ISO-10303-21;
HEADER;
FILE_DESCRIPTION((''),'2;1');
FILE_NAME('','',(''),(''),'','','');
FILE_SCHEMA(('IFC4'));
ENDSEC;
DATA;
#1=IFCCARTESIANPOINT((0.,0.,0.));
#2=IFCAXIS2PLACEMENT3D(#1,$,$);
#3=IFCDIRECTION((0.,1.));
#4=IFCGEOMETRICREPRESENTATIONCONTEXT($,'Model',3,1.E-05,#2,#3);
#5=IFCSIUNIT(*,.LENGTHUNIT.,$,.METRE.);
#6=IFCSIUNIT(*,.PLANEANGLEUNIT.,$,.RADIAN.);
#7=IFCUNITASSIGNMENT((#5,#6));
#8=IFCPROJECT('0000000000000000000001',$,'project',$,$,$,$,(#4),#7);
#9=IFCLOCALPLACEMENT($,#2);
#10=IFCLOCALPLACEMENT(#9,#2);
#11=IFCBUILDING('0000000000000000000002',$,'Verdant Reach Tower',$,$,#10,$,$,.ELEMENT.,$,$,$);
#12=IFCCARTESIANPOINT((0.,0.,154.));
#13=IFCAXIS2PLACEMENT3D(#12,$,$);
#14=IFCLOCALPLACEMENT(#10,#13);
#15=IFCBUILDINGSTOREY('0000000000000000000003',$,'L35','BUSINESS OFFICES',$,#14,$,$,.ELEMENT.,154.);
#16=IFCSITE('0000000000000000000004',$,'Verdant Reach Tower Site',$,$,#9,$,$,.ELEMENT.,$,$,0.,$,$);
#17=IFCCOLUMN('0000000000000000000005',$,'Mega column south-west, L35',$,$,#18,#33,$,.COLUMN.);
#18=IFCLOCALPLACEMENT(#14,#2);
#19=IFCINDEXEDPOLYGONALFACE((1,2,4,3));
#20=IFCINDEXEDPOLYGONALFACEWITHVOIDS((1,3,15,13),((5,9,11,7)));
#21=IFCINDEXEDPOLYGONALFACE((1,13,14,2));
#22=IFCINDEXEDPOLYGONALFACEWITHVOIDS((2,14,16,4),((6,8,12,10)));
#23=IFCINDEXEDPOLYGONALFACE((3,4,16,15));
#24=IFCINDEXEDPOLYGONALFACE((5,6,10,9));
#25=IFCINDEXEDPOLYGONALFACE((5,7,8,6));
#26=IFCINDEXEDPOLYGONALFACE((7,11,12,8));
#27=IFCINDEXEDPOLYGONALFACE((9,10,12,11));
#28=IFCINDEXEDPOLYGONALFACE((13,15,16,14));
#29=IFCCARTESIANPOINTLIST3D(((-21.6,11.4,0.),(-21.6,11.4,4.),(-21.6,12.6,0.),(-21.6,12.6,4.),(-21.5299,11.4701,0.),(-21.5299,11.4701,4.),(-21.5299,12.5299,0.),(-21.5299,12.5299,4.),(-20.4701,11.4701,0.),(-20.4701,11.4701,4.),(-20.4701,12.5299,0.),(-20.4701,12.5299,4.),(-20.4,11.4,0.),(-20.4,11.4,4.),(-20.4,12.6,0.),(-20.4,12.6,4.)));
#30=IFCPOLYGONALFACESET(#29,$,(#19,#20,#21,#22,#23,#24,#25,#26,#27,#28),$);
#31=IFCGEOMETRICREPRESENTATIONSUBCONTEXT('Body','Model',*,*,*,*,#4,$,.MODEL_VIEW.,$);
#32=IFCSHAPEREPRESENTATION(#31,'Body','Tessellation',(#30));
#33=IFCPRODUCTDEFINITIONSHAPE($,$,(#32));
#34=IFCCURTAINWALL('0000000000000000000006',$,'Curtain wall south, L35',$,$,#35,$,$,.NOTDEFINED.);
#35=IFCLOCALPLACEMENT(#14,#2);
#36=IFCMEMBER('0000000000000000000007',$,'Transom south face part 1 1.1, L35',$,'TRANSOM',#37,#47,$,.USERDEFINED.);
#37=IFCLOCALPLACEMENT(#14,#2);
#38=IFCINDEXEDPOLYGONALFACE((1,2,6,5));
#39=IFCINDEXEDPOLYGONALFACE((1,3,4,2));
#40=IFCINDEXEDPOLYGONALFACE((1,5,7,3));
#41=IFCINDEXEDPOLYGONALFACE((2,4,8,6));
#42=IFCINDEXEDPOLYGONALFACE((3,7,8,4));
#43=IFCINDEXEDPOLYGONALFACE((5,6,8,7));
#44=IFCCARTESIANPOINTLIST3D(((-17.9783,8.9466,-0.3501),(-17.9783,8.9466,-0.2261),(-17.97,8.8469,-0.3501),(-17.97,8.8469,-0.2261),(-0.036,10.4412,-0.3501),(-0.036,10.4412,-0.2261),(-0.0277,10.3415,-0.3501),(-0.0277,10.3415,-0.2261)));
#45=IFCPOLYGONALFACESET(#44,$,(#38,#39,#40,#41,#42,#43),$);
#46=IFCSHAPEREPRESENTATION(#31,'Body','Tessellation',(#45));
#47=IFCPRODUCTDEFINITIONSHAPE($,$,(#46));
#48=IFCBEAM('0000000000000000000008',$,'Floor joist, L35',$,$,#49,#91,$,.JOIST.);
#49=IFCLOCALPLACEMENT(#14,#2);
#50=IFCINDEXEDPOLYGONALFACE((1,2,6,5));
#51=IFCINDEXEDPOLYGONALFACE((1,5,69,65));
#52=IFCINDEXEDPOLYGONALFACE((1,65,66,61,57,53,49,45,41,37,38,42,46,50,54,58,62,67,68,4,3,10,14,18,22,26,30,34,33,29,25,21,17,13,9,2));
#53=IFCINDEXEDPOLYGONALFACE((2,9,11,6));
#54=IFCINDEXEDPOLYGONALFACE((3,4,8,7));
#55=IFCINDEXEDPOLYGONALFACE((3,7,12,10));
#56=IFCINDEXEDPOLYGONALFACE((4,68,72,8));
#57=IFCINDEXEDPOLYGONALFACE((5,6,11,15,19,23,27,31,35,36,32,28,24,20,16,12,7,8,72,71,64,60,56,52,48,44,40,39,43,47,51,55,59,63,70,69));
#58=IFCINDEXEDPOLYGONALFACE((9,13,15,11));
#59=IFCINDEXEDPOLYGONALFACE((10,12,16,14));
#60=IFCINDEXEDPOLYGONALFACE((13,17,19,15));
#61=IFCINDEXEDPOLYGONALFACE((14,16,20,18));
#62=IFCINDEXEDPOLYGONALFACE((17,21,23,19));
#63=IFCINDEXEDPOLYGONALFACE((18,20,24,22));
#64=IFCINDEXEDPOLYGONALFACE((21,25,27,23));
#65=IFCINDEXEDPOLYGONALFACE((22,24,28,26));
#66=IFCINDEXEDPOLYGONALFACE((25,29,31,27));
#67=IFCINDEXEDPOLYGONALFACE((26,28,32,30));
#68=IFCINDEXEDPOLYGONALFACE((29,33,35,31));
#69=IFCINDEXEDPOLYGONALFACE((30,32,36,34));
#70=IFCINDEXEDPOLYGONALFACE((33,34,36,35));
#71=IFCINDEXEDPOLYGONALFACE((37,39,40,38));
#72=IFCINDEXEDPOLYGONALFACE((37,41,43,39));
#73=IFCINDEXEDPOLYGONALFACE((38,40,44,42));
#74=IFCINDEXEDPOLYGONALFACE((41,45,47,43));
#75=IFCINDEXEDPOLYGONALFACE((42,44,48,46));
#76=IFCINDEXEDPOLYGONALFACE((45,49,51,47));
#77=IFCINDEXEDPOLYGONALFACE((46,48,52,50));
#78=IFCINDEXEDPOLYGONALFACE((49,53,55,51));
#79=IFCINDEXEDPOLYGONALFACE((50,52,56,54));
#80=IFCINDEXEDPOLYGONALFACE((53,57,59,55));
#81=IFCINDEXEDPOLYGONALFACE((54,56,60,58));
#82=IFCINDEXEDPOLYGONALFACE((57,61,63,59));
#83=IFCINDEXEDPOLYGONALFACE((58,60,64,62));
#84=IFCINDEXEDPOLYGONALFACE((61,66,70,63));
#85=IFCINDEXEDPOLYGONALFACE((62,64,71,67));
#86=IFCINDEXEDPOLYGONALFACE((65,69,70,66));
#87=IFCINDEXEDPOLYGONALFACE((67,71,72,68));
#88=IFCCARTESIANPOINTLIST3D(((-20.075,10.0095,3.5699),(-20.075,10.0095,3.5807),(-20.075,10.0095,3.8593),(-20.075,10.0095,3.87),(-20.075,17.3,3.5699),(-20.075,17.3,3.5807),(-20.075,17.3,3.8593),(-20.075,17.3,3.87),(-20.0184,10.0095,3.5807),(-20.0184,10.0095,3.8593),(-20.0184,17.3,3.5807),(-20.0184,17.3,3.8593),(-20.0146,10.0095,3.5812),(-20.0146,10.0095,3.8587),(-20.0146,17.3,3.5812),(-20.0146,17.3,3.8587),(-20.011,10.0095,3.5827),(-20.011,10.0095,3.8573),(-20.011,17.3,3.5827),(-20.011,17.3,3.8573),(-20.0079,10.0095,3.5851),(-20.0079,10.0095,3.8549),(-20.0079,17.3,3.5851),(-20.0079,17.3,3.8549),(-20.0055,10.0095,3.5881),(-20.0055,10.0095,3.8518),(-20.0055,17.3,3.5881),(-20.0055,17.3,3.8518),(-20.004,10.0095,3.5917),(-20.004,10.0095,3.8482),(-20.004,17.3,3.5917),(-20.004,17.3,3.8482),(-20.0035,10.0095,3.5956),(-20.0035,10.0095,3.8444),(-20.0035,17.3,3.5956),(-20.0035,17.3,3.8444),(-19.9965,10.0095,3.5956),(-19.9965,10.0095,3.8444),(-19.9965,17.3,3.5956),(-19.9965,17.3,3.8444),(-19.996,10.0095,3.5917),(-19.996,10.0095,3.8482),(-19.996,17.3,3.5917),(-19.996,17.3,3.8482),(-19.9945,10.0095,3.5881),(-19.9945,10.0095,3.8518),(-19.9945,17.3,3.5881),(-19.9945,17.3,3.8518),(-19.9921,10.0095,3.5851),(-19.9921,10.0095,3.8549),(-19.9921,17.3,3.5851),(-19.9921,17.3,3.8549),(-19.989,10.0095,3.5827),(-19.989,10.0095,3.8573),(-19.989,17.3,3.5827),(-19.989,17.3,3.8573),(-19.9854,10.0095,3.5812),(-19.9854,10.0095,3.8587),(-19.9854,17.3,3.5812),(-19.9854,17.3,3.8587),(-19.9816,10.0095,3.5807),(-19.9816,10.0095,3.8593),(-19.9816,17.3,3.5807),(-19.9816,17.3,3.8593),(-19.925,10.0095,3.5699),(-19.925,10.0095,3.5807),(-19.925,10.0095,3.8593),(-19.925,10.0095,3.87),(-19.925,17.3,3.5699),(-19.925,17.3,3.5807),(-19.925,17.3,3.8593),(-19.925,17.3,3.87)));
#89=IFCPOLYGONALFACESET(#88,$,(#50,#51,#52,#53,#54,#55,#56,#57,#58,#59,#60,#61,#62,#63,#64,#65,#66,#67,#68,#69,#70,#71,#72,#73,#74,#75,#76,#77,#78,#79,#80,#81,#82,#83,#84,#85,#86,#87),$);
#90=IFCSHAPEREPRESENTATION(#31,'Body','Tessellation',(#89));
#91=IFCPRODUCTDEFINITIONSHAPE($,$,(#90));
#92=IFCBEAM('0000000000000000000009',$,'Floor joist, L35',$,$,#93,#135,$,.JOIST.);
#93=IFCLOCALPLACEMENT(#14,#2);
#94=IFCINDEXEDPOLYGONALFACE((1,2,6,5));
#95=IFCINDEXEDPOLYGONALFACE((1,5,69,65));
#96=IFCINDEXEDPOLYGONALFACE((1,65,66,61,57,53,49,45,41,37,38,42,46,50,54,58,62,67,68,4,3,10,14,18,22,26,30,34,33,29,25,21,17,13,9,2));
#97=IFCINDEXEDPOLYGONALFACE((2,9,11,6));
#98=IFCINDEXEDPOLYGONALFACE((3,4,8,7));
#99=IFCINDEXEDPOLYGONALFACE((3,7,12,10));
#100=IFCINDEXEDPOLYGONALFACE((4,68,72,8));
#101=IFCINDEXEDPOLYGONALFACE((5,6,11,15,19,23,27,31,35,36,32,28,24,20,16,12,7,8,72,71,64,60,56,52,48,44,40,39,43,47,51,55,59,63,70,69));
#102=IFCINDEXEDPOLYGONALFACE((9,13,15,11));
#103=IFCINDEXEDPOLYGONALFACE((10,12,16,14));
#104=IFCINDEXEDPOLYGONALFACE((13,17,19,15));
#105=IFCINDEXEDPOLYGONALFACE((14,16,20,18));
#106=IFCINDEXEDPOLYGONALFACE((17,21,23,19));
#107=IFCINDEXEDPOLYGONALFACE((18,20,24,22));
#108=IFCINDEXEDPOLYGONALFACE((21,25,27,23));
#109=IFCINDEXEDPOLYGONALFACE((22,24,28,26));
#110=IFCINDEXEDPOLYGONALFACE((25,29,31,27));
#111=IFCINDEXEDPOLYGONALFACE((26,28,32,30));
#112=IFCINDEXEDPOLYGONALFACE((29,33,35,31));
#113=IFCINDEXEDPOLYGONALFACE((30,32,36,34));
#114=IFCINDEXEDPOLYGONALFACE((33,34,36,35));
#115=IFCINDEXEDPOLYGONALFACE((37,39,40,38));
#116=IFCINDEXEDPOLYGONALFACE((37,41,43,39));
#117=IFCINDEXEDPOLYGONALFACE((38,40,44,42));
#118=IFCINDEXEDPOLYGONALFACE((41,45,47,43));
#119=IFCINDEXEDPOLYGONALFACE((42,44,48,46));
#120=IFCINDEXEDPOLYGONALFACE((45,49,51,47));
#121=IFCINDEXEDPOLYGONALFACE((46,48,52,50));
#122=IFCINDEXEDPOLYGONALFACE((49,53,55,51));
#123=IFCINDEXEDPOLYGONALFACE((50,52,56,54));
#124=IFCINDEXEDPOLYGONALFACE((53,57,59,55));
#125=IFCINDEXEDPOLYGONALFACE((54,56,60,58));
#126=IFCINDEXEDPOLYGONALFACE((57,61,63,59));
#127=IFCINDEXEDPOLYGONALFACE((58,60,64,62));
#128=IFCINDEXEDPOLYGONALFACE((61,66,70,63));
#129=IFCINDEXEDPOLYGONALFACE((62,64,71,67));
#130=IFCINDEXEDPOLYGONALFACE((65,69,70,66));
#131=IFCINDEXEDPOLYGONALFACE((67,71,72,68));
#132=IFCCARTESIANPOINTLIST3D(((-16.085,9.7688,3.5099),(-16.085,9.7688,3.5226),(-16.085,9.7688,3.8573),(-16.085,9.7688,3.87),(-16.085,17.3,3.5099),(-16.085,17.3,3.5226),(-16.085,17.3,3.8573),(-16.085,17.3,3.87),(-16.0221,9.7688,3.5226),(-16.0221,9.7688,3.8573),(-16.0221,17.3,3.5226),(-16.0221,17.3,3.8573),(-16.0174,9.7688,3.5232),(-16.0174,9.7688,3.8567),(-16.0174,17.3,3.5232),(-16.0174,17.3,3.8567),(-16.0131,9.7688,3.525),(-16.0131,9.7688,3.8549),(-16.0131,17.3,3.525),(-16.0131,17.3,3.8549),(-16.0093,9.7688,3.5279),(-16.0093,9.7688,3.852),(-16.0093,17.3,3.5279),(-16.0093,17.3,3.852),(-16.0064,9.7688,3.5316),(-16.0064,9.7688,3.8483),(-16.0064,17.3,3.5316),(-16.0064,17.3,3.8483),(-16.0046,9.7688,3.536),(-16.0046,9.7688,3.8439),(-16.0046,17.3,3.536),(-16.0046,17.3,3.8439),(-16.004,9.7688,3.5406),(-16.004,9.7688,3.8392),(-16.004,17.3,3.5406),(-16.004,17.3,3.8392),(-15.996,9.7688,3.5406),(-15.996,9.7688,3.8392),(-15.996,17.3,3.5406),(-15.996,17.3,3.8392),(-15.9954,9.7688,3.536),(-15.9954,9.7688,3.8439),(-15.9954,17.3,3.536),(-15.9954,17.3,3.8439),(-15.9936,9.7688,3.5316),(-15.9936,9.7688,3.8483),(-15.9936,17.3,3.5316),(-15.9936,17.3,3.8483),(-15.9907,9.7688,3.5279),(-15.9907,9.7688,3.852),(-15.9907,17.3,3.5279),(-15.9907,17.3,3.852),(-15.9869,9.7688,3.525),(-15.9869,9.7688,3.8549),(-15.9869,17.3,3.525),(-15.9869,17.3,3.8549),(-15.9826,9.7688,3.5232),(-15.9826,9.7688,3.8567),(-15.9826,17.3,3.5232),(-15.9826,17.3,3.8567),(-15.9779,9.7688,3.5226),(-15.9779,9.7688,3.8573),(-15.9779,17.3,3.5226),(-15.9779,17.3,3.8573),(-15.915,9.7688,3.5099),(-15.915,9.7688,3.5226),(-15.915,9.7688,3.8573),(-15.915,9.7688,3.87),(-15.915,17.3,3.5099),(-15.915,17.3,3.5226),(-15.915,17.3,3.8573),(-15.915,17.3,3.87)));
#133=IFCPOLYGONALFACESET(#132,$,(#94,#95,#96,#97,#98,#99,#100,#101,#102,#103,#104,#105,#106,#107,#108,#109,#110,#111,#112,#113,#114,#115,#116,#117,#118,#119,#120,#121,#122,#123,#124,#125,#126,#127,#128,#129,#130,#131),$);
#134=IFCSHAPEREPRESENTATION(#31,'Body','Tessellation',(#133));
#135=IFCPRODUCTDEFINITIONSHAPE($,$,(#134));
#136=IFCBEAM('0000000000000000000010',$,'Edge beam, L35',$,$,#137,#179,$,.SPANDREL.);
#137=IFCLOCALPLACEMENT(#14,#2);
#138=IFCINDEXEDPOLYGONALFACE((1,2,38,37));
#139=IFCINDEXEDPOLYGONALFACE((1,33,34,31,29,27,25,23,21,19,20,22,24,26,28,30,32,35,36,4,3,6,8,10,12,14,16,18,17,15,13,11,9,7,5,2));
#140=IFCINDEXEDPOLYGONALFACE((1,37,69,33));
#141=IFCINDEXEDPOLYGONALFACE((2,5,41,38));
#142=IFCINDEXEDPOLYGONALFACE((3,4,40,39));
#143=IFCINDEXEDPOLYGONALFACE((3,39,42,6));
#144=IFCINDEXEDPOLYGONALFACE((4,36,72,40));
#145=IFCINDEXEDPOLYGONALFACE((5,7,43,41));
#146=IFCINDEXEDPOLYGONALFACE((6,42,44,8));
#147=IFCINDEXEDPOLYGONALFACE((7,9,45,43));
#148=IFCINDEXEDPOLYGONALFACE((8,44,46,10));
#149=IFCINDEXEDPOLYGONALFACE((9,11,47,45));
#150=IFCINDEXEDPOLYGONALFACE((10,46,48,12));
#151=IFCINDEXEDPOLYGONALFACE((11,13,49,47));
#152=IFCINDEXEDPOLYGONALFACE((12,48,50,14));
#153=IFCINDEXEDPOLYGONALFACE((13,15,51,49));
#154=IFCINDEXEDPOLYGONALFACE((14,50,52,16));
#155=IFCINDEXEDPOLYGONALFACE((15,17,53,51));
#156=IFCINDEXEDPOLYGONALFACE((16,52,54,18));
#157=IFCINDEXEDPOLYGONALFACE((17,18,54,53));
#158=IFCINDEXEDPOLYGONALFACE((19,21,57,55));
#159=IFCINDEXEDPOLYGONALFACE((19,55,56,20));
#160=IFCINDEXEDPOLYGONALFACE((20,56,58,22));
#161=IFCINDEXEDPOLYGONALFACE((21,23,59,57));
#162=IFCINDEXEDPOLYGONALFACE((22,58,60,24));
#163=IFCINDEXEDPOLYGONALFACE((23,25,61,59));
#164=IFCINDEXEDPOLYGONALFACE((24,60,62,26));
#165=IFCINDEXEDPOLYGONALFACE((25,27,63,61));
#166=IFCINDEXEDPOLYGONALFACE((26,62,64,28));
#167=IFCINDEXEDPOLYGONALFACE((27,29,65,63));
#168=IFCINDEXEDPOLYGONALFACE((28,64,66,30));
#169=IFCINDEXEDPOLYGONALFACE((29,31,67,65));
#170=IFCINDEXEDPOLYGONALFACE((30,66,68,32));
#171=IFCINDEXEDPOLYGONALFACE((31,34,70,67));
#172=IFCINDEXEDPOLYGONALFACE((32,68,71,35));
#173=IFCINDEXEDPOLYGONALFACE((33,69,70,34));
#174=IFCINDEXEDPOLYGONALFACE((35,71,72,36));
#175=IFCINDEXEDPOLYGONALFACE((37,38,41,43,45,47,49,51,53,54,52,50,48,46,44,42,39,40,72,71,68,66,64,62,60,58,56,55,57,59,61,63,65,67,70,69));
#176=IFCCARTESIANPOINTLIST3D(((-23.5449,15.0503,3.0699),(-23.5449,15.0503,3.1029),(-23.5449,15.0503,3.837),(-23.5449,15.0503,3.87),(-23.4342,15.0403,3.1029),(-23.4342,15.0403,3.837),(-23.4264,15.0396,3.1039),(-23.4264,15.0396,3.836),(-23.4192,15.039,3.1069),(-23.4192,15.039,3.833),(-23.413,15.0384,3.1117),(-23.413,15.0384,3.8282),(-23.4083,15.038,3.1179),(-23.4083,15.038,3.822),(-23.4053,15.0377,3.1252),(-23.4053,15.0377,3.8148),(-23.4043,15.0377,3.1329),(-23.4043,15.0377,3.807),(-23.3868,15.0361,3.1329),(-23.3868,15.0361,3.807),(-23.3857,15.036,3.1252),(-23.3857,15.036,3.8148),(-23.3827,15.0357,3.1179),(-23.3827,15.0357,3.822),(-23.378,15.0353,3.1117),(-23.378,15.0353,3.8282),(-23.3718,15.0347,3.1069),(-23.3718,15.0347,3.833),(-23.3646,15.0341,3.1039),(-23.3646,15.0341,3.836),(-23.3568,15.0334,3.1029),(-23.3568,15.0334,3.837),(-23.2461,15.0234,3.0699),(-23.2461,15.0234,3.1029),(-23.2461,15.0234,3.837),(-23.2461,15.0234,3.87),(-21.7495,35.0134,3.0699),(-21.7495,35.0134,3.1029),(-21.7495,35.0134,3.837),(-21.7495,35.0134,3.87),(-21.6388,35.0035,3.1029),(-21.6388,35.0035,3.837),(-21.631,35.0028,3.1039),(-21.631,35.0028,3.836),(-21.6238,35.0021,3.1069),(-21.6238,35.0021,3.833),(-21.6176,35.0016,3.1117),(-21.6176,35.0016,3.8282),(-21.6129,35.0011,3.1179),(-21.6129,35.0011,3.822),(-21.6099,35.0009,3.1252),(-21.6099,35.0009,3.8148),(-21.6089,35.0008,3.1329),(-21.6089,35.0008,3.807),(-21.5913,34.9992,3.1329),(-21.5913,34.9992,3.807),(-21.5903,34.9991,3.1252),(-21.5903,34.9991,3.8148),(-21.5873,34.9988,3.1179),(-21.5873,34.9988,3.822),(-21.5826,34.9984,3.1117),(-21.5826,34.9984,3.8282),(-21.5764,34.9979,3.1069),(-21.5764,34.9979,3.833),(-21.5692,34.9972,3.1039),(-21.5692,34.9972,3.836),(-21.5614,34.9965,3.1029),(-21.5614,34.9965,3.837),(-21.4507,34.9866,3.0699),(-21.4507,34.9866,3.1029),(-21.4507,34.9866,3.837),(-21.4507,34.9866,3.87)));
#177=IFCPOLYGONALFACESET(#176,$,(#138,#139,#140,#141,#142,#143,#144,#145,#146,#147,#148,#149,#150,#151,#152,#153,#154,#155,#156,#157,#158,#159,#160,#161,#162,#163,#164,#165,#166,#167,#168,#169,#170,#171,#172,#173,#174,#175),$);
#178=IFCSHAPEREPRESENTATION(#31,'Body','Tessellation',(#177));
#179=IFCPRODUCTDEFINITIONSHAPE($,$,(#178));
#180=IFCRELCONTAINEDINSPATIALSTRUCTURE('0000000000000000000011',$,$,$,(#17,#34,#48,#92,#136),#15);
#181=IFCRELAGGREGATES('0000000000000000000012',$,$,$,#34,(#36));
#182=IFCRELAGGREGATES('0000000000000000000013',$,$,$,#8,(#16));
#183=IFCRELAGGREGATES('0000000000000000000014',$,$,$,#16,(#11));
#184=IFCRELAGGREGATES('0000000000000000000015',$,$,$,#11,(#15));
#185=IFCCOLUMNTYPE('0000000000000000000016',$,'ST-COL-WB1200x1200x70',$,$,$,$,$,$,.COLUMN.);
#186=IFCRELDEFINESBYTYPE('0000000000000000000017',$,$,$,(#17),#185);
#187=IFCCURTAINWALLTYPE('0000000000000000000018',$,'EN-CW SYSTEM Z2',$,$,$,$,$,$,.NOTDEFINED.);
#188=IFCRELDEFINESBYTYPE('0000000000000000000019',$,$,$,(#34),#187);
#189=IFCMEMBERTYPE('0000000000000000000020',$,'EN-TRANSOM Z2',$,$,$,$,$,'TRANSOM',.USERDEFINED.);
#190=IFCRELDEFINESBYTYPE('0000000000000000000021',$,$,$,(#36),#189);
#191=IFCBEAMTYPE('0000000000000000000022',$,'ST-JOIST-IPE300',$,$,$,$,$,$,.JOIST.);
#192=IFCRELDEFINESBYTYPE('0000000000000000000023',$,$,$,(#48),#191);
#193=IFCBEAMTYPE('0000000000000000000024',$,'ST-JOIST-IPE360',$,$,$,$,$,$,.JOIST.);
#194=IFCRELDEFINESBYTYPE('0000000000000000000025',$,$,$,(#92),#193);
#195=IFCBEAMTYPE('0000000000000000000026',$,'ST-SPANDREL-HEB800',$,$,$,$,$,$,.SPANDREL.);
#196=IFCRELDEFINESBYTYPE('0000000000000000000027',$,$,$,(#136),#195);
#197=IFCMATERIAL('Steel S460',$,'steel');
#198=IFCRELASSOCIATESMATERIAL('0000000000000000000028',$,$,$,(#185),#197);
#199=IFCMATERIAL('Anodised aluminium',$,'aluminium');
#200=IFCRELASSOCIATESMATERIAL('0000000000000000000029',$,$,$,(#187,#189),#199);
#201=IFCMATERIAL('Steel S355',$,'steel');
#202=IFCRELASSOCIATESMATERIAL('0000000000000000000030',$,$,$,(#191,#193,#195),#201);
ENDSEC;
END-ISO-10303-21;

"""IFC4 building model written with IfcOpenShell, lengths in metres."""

from ifc_helpers import new_model, si_unit, direction, frame, origin, origin_2d, place, context, subcontext, project, spatial, rectangle, hollow_rectangle, i_section, extrude, material, material_profile, profile_set, type_object, element, aggregate, save


model = new_model("IFC4")

# Units and contexts
model_context = context("Model", 3, precision=1e-05, world=origin(), true_north=direction((0.0, 1.0)))
body_context = subcontext(model_context, "Body", "Model", "MODEL_VIEW")
ifc_project = project(units=[si_unit("LENGTHUNIT", "METRE"), si_unit("PLANEANGLEUNIT", "RADIAN")], contexts=[model_context])

# Site, building, storey
site_placement = place(None, origin())
site = spatial("IfcSite", under=ifc_project, at=site_placement, Name="Verdant Reach Tower Site", CompositionType="ELEMENT", RefElevation=0.0)
building_placement = place(site_placement, origin())
building = spatial("IfcBuilding", under=site, at=building_placement, Name="Verdant Reach Tower", CompositionType="ELEMENT")
storey_placement = place(building_placement, frame((0.0, 0.0, 154.0)))
storey = spatial("IfcBuildingStorey", under=building, at=storey_placement, Name="L35", Description="BUSINESS OFFICES", CompositionType="ELEMENT", Elevation=154.0)

# Column
ifc_material_1 = material(Name="Steel S460", Category="steel")
ifc_material_profile_1 = material_profile(ifc_material_1, hollow_rectangle(XDim=1.2, YDim=1.2, WallThickness=0.0701, at=origin_2d()), Name="WB 1200x1200x70")
ifc_profile_set_1 = profile_set([ifc_material_profile_1], Name="Steel S460")
column_type = type_object("IfcColumnType", Name="ST-COL-WB1200x1200x70", PredefinedType="COLUMN", material=ifc_profile_set_1)
column_placement = place(storey_placement, frame((-21.0, 12.0, 0.0), z_axis=(0.0, 0.0, 1.0), x_axis=(1.0, 0.0, 0.0)))
element("IfcColumn", 1, at=column_placement, inside=storey, type_object=column_type, Name="Mega column south-west, L35", PredefinedType="COLUMN", context=body_context, shape_type="SweptSolid", body=[
    extrude(hollow_rectangle(XDim=1.2, YDim=1.2, WallThickness=0.0701, at=origin_2d()), origin(), (0.0, 0.0, 1.0), 4.0),
])

# Curtain wall, member
ifc_material_2 = material(Name="Anodised aluminium", Category="aluminium")
curtain_wall_type = type_object("IfcCurtainWallType", Name="EN-CW SYSTEM Z2", PredefinedType="NOTDEFINED", material=ifc_material_2)
curtain_wall_1_placement = place(storey_placement, origin())
curtain_wall_1 = element("IfcCurtainWall", 2, at=curtain_wall_1_placement, inside=storey, type_object=curtain_wall_type, Name="Curtain wall south, L35", PredefinedType="NOTDEFINED")
ifc_material_profile_2 = material_profile(ifc_material_2, rectangle(XDim=0.1001, YDim=0.124, at=origin_2d()), Name="Transom 124x100")
ifc_profile_set_2 = profile_set([ifc_material_profile_2], Name="Anodised aluminium")
member_type = type_object("IfcMemberType", Name="EN-TRANSOM Z2", ElementType="TRANSOM", PredefinedType="USERDEFINED", material=ifc_profile_set_2)
member_placement = place(storey_placement, frame((-17.9741, 8.8967, -0.2881), z_axis=(0.996548, 0.083015, 0.0), x_axis=(-0.083015, 0.996548, 0.0)))
member = element("IfcMember", 3, at=member_placement, type_object=member_type, Name="Transom south face part 1 1.1, L35", ObjectType="TRANSOM", PredefinedType="USERDEFINED", context=body_context, shape_type="SweptSolid", body=[
    extrude(rectangle(XDim=0.1001, YDim=0.124, at=origin_2d()), origin(), (0.0, 0.0, 1.0), 18.0044),
])

# Beams
ifc_material_3 = material(Name="Steel S355", Category="steel")
ifc_material_profile_3 = material_profile(ifc_material_3, i_section(OverallWidth=0.1499, OverallDepth=0.3, WebThickness=0.0071, FlangeThickness=0.0107, FilletRadius=0.0149, at=origin_2d()), Name="IPE 300")
ifc_profile_set_3 = profile_set([ifc_material_profile_3], Name="Steel S355")
beam_type_1 = type_object("IfcBeamType", Name="ST-JOIST-IPE300", PredefinedType="JOIST", material=ifc_profile_set_3)
beam_1_placement = place(storey_placement, frame((-20.0, 17.3, 3.72), z_axis=(0.0, -1.0, 0.0), x_axis=(1.0, 0.0, 0.0)))
element("IfcBeam", 4, at=beam_1_placement, inside=storey, type_object=beam_type_1, Name="Floor joist, L35", PredefinedType="JOIST", context=body_context, shape_type="SweptSolid", body=[
    extrude(i_section(OverallWidth=0.1499, OverallDepth=0.3, WebThickness=0.0071, FlangeThickness=0.0107, FilletRadius=0.0149, at=origin_2d()), origin(), (0.0, 0.0, 1.0), 7.2905),
])
ifc_material_profile_4 = material_profile(ifc_material_3, i_section(OverallWidth=0.1699, OverallDepth=0.3601, WebThickness=0.0081, FlangeThickness=0.0127, FilletRadius=0.0181, at=origin_2d()), Name="IPE 360")
ifc_profile_set_4 = profile_set([ifc_material_profile_4], Name="Steel S355")
beam_type_2 = type_object("IfcBeamType", Name="ST-JOIST-IPE360", PredefinedType="JOIST", material=ifc_profile_set_4)
beam_2_placement = place(storey_placement, frame((-16.0, 17.3, 3.6899), z_axis=(0.0, -1.0, 0.0), x_axis=(1.0, 0.0, 0.0)))
element("IfcBeam", 5, at=beam_2_placement, inside=storey, type_object=beam_type_2, Name="Floor joist, L35", PredefinedType="JOIST", context=body_context, shape_type="SweptSolid", body=[
    extrude(i_section(OverallWidth=0.1699, OverallDepth=0.3601, WebThickness=0.0081, FlangeThickness=0.0127, FilletRadius=0.0181, at=origin_2d()), origin(), (0.0, 0.0, 1.0), 7.5312),
])
ifc_material_profile_5 = material_profile(ifc_material_3, i_section(OverallWidth=0.3, OverallDepth=0.8, WebThickness=0.0176, FlangeThickness=0.033, FilletRadius=0.03, at=origin_2d()), Name="HEB 800")
ifc_profile_set_5 = profile_set([ifc_material_profile_5], Name="Steel S355")
beam_type_3 = type_object("IfcBeamType", Name="ST-SPANDREL-HEB800", PredefinedType="SPANDREL", material=ifc_profile_set_5)
beam_3_placement = place(storey_placement, frame((-23.3955, 15.0369, 3.47), z_axis=(0.089575, 0.99598, 0.0), x_axis=(-0.99598, 0.089575, 0.0)))
element("IfcBeam", 6, at=beam_3_placement, inside=storey, type_object=beam_type_3, Name="Edge beam, L35", PredefinedType="SPANDREL", context=body_context, shape_type="SweptSolid", body=[
    extrude(i_section(OverallWidth=0.3, OverallDepth=0.8, WebThickness=0.0176, FlangeThickness=0.033, FilletRadius=0.03, at=origin_2d()), origin(), (0.0, 0.0, 1.0), 20.0437),
])

aggregate(curtain_wall_1, [member])

save(model, "model.ifc")
